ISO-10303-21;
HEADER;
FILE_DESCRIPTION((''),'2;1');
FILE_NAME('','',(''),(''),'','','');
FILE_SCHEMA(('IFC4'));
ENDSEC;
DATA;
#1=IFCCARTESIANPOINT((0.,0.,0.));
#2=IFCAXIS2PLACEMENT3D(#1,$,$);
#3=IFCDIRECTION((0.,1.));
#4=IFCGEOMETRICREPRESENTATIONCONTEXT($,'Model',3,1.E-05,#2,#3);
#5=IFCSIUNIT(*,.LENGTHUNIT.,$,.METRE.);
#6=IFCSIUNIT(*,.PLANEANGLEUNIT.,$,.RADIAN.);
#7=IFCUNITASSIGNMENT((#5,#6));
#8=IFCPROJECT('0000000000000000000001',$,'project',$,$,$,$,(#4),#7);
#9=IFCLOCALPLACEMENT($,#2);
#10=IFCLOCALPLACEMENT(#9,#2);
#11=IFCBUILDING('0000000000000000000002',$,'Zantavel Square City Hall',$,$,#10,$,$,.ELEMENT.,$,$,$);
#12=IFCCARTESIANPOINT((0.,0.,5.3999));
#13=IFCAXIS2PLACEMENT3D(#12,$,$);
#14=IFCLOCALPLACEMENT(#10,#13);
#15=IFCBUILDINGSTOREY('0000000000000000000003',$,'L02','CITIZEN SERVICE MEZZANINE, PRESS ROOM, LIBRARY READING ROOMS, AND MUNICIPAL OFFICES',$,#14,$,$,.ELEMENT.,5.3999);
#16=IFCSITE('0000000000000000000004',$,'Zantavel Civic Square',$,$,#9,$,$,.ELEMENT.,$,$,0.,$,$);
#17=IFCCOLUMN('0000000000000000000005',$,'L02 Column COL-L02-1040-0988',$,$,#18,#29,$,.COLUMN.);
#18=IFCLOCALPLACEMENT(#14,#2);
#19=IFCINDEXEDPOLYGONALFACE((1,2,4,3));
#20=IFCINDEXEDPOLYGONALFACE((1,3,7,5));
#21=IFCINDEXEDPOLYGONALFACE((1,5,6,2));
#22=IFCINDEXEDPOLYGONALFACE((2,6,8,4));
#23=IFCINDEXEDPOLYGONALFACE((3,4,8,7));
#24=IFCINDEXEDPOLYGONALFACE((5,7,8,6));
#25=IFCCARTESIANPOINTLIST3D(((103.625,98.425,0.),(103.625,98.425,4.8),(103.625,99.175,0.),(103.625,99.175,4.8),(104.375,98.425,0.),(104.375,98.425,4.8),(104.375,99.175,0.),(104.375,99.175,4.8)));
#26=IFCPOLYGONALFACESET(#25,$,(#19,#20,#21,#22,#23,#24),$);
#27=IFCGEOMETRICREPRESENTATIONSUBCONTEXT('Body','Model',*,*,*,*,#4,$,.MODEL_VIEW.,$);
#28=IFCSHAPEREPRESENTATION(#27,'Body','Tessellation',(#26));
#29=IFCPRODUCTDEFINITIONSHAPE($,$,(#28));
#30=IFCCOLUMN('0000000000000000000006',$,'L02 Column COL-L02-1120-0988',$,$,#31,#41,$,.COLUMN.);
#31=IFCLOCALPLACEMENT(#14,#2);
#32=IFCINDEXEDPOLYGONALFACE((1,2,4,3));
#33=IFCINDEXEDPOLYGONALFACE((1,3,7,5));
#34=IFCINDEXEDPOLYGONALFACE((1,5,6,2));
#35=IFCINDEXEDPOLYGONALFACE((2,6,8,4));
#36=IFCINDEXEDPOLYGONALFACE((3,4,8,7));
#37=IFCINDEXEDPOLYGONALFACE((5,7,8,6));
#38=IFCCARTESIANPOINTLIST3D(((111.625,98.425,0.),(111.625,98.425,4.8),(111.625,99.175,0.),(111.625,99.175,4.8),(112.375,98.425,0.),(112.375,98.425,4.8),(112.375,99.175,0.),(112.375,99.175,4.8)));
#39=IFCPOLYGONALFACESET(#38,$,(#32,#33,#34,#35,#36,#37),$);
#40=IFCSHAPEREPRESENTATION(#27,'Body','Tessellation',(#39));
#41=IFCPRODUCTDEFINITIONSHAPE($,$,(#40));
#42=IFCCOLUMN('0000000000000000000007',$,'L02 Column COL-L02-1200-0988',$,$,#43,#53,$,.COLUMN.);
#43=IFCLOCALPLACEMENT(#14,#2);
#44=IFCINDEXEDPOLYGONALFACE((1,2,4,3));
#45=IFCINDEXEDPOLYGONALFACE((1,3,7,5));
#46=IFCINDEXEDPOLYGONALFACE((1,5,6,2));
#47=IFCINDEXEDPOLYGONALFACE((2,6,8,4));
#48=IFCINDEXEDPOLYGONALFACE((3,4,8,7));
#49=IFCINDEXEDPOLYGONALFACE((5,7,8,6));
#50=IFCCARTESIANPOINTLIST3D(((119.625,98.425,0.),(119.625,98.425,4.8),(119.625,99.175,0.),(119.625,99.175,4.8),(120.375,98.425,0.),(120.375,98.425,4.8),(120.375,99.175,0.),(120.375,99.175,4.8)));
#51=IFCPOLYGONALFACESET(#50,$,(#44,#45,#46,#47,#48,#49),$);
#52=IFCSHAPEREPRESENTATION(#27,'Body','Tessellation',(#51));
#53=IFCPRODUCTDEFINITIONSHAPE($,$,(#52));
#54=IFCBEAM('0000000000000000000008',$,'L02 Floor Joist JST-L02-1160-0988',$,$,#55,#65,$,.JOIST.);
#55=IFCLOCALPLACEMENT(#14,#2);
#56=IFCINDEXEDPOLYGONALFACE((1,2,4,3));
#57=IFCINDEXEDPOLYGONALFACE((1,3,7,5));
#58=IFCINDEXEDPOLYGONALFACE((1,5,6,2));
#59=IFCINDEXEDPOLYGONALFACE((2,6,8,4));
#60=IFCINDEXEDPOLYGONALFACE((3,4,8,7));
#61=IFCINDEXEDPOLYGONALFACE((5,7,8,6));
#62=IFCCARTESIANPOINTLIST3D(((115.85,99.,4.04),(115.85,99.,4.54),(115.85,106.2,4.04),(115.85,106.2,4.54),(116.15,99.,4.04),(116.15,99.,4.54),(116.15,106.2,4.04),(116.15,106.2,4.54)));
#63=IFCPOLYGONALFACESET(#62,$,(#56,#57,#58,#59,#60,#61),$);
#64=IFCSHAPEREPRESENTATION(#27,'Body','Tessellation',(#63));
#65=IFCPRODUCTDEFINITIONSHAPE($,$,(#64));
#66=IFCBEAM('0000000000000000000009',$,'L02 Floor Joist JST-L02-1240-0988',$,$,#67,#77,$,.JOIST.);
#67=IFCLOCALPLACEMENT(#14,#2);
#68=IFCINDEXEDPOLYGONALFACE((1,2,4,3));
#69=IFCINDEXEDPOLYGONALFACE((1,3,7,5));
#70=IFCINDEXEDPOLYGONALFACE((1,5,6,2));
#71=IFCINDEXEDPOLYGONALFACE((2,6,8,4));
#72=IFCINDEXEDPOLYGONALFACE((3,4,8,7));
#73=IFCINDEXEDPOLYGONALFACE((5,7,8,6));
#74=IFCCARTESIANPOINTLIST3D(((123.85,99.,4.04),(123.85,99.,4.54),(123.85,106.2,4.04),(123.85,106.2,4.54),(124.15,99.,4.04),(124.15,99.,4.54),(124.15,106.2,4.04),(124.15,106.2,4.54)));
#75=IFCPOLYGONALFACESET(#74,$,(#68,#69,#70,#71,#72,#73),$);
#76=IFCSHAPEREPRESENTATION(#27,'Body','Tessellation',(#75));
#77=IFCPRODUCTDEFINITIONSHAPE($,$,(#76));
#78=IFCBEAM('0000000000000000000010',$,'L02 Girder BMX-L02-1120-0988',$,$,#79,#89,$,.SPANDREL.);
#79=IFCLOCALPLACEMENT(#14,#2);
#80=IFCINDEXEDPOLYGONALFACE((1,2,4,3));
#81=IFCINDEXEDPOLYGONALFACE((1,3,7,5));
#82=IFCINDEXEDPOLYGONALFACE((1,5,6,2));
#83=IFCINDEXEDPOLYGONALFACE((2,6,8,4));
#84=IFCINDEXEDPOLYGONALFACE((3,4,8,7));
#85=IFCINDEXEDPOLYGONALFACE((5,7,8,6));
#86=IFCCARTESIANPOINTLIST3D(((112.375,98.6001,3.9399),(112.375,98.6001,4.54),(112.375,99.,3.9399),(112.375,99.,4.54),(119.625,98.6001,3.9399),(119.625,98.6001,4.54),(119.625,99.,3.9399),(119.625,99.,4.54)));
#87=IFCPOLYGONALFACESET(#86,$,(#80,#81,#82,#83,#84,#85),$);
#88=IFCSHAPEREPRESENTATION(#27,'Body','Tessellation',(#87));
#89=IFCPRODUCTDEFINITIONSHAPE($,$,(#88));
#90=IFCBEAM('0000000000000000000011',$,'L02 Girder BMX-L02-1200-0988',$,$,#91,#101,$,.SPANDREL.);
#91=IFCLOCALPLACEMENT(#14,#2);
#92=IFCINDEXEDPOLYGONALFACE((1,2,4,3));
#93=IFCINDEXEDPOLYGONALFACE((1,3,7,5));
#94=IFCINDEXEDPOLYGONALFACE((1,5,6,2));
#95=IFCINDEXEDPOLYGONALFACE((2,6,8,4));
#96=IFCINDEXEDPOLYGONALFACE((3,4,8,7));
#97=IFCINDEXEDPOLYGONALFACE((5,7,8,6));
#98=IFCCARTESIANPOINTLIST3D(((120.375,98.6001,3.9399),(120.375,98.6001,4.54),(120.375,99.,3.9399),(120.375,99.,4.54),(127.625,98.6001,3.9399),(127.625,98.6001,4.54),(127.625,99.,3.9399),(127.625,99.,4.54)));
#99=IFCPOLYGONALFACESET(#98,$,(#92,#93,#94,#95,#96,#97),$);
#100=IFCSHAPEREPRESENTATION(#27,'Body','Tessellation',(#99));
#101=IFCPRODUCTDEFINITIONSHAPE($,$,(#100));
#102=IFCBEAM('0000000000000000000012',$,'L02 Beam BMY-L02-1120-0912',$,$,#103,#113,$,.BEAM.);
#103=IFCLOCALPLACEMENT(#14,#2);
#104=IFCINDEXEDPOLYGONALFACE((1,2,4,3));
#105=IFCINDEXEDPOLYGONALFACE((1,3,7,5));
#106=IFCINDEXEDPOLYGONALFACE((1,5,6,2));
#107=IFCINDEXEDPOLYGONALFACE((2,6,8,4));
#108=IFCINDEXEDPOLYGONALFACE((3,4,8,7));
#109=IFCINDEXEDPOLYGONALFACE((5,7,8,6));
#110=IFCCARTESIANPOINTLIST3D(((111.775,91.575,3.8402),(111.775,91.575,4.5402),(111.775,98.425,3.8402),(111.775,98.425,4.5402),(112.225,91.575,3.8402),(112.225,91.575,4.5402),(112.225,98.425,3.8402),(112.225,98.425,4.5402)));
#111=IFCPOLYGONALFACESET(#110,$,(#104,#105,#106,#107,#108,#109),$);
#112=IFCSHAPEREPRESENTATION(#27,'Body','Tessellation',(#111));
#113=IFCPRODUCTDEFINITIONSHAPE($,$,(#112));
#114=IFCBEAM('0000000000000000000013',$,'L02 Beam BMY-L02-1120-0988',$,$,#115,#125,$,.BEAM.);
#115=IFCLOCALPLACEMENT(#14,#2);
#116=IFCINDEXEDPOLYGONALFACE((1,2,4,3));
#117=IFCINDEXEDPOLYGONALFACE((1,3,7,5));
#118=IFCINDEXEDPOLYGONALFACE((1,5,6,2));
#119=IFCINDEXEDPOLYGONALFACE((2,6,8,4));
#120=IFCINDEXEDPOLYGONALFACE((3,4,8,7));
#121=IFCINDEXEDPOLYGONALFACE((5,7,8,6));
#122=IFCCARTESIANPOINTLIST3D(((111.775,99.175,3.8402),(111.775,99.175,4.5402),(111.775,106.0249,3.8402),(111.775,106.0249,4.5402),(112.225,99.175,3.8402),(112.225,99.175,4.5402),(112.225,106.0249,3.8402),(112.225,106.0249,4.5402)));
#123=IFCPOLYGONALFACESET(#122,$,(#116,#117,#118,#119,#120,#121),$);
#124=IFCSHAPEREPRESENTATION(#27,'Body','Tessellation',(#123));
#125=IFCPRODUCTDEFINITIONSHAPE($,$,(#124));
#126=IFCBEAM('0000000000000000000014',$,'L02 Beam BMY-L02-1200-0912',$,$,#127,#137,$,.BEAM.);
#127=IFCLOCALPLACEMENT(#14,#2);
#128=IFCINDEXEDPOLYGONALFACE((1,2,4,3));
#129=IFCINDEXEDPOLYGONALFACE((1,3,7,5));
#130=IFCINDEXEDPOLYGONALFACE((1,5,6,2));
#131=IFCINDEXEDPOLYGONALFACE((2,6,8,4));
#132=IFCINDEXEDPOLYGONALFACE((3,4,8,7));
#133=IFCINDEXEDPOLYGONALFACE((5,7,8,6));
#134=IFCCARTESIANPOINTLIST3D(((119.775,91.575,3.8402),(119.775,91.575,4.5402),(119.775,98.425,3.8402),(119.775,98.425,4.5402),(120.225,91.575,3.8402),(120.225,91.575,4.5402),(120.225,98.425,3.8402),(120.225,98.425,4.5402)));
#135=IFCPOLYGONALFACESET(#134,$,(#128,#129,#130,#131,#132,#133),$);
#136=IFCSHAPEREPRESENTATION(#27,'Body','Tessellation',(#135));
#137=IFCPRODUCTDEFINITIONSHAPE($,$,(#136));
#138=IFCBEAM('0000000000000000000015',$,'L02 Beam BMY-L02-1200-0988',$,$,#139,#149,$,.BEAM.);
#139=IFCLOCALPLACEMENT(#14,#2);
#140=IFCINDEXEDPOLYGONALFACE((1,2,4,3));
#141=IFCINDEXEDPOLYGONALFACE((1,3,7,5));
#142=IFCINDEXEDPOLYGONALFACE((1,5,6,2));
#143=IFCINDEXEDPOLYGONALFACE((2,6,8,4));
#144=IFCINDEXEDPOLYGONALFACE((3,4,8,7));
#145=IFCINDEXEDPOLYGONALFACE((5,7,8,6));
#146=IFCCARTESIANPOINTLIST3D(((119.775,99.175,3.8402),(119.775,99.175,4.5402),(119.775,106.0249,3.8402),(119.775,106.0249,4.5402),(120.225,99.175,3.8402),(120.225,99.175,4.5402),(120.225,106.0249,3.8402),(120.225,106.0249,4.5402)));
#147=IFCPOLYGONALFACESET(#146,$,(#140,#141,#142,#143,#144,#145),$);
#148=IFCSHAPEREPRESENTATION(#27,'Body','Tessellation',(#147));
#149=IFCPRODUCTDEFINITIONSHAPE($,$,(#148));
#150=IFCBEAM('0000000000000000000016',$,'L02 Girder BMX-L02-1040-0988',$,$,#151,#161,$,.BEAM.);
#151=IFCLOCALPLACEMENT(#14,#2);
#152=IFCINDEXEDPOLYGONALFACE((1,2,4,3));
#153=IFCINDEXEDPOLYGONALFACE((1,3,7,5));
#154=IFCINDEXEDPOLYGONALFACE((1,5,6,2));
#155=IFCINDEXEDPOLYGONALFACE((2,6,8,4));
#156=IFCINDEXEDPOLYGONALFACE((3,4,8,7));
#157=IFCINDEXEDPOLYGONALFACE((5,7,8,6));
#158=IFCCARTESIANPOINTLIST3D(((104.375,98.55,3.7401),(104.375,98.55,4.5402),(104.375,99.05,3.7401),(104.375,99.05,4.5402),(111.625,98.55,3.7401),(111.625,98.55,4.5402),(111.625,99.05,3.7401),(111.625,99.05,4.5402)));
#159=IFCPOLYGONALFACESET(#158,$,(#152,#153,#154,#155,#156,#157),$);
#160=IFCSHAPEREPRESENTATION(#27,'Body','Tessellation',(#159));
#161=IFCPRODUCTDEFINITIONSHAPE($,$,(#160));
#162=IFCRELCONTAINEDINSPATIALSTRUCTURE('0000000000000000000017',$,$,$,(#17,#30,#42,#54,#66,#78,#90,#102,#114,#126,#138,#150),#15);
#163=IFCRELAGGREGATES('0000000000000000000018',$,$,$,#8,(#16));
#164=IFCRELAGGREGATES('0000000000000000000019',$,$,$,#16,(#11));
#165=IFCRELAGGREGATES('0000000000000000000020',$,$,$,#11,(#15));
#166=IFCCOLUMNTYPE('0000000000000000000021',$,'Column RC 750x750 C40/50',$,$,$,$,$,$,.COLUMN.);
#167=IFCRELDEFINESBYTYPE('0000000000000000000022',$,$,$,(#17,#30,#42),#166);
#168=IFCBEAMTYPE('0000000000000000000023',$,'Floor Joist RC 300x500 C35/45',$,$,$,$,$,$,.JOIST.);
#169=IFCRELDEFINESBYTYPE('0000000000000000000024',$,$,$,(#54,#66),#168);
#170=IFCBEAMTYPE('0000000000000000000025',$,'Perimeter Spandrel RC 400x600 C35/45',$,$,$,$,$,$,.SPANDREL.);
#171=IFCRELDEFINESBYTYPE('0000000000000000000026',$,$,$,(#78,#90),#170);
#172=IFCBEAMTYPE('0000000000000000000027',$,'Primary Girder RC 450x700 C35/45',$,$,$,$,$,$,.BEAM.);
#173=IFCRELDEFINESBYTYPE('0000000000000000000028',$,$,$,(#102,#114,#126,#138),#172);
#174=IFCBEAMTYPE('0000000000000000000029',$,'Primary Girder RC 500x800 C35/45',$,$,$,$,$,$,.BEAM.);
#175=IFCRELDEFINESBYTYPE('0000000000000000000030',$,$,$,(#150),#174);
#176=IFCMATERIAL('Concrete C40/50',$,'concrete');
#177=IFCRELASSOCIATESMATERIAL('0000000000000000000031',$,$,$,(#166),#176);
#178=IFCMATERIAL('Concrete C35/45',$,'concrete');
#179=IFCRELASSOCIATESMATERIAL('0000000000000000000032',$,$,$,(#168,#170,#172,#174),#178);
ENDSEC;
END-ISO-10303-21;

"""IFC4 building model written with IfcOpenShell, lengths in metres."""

from ifc_helpers import new_model, si_unit, direction, frame, origin, origin_2d, place, context, subcontext, project, spatial, rectangle, extrude, material, material_profile, profile_set, type_object, element, save


model = new_model("IFC4")

# Units and contexts
model_context = context("Model", 3, precision=1e-05, world=origin(), true_north=direction((0.0, 1.0)))
body_context = subcontext(model_context, "Body", "Model", "MODEL_VIEW")
ifc_project = project(units=[si_unit("LENGTHUNIT", "METRE"), si_unit("PLANEANGLEUNIT", "RADIAN")], contexts=[model_context])

# Site, building, storey
site_placement = place(None, origin())
site = spatial("IfcSite", under=ifc_project, at=site_placement, Name="Zantavel Civic Square", CompositionType="ELEMENT", RefElevation=0.0)
building_placement = place(site_placement, origin())
building = spatial("IfcBuilding", under=site, at=building_placement, Name="Zantavel Square City Hall", CompositionType="ELEMENT")
storey_placement = place(building_placement, frame((0.0, 0.0, 5.3999)))
storey = spatial("IfcBuildingStorey", under=building, at=storey_placement, Name="L02", Description="CITIZEN SERVICE MEZZANINE, PRESS ROOM, LIBRARY READING ROOMS, AND MUNICIPAL OFFICES", CompositionType="ELEMENT", Elevation=5.3999)

# Columns
ifc_material_1 = material(Name="Concrete C40/50", Category="concrete")
ifc_material_profile_1 = material_profile(ifc_material_1, rectangle(XDim=0.75, YDim=0.75, at=origin_2d()), Name="RC 750x750")
ifc_profile_set_1 = profile_set([ifc_material_profile_1], Name="Concrete C40/50")
column_type = type_object("IfcColumnType", Name="Column RC 750x750 C40/50", PredefinedType="COLUMN", material=ifc_profile_set_1)
for number, where, z_axis, x_axis, name in (
    (1, (104.0, 98.8, 0.0), (0.0, 0.0, 1.0), (1.0, 0.0, 0.0), "L02 Column COL-L02-1040-0988"),
    (2, (112.0, 98.8, 0.0), (0.0, 0.0, 1.0), (1.0, 0.0, 0.0), "L02 Column COL-L02-1120-0988"),
    (3, (120.0, 98.8, 0.0), (0.0, 0.0, 1.0), (1.0, 0.0, 0.0), "L02 Column COL-L02-1200-0988"),
):
    element("IfcColumn", number, at=place(storey_placement, frame(where, z_axis=z_axis, x_axis=x_axis)), inside=storey, type_object=column_type, Name=name, PredefinedType="COLUMN", context=body_context, shape_type="SweptSolid", body=[
        extrude(rectangle(XDim=0.75, YDim=0.75, at=origin_2d()), origin(), (0.0, 0.0, 1.0), 4.8),
    ])

# Beams
ifc_material_2 = material(Name="Concrete C35/45", Category="concrete")
ifc_material_profile_2 = material_profile(ifc_material_2, rectangle(XDim=0.3, YDim=0.5, at=origin_2d()), Name="RC 300x500")
ifc_profile_set_2 = profile_set([ifc_material_profile_2], Name="Concrete C35/45")
beam_type_1 = type_object("IfcBeamType", Name="Floor Joist RC 300x500 C35/45", PredefinedType="JOIST", material=ifc_profile_set_2)
for number, where, z_axis, x_axis, name in (
    (4, (116.0, 99.0, 4.29), (0.0, 1.0, 0.0), (-1.0, 0.0, 0.0), "L02 Floor Joist JST-L02-1160-0988"),
    (5, (124.0, 99.0, 4.29), (0.0, 1.0, 0.0), (-1.0, 0.0, 0.0), "L02 Floor Joist JST-L02-1240-0988"),
):
    element("IfcBeam", number, at=place(storey_placement, frame(where, z_axis=z_axis, x_axis=x_axis)), inside=storey, type_object=beam_type_1, Name=name, PredefinedType="JOIST", context=body_context, shape_type="SweptSolid", body=[
        extrude(rectangle(XDim=0.3, YDim=0.5, at=origin_2d()), origin(), (0.0, 0.0, 1.0), 7.2),
    ])
ifc_material_profile_3 = material_profile(ifc_material_2, rectangle(XDim=0.3999, YDim=0.6001, at=origin_2d()), Name="RC 400x600")
ifc_profile_set_3 = profile_set([ifc_material_profile_3], Name="Concrete C35/45")
beam_type_2 = type_object("IfcBeamType", Name="Perimeter Spandrel RC 400x600 C35/45", PredefinedType="SPANDREL", material=ifc_profile_set_3)
for number, where, z_axis, x_axis, name in (
    (6, (112.375, 98.8, 4.24), (1.0, 0.0, 0.0), (0.0, 1.0, 0.0), "L02 Girder BMX-L02-1120-0988"),
    (7, (120.375, 98.8, 4.24), (1.0, 0.0, 0.0), (0.0, 1.0, 0.0), "L02 Girder BMX-L02-1200-0988"),
):
    element("IfcBeam", number, at=place(storey_placement, frame(where, z_axis=z_axis, x_axis=x_axis)), inside=storey, type_object=beam_type_2, Name=name, PredefinedType="SPANDREL", context=body_context, shape_type="SweptSolid", body=[
        extrude(rectangle(XDim=0.3999, YDim=0.6001, at=origin_2d()), origin(), (0.0, 0.0, 1.0), 7.25),
    ])
ifc_material_profile_4 = material_profile(ifc_material_2, rectangle(XDim=0.45, YDim=0.7, at=origin_2d()), Name="RC 450x700")
ifc_profile_set_4 = profile_set([ifc_material_profile_4], Name="Concrete C35/45")
beam_type_3 = type_object("IfcBeamType", Name="Primary Girder RC 450x700 C35/45", PredefinedType="BEAM", material=ifc_profile_set_4)
beam_1_placement = place(storey_placement, frame((112.0, 91.575, 4.1902), z_axis=(0.0, 1.0, 0.0), x_axis=(-1.0, 0.0, 0.0)))
element("IfcBeam", 8, at=beam_1_placement, inside=storey, type_object=beam_type_3, Name="L02 Beam BMY-L02-1120-0912", PredefinedType="BEAM", context=body_context, shape_type="SweptSolid", body=[
    extrude(rectangle(XDim=0.45, YDim=0.7, at=origin_2d()), origin(), (0.0, 0.0, 1.0), 6.8501),
])
beam_2_placement = place(storey_placement, frame((112.0, 99.175, 4.1902), z_axis=(0.0, 1.0, 0.0), x_axis=(-1.0, 0.0, 0.0)))
element("IfcBeam", 9, at=beam_2_placement, inside=storey, type_object=beam_type_3, Name="L02 Beam BMY-L02-1120-0988", PredefinedType="BEAM", context=body_context, shape_type="SweptSolid", body=[
    extrude(rectangle(XDim=0.45, YDim=0.7, at=origin_2d()), origin(), (0.0, 0.0, 1.0), 6.8499),
])
beam_3_placement = place(storey_placement, frame((120.0, 91.575, 4.1902), z_axis=(0.0, 1.0, 0.0), x_axis=(-1.0, 0.0, 0.0)))
element("IfcBeam", 10, at=beam_3_placement, inside=storey, type_object=beam_type_3, Name="L02 Beam BMY-L02-1200-0912", PredefinedType="BEAM", context=body_context, shape_type="SweptSolid", body=[
    extrude(rectangle(XDim=0.45, YDim=0.7, at=origin_2d()), origin(), (0.0, 0.0, 1.0), 6.8501),
])
beam_4_placement = place(storey_placement, frame((120.0, 99.175, 4.1902), z_axis=(0.0, 1.0, 0.0), x_axis=(-1.0, 0.0, 0.0)))
element("IfcBeam", 11, at=beam_4_placement, inside=storey, type_object=beam_type_3, Name="L02 Beam BMY-L02-1200-0988", PredefinedType="BEAM", context=body_context, shape_type="SweptSolid", body=[
    extrude(rectangle(XDim=0.45, YDim=0.7, at=origin_2d()), origin(), (0.0, 0.0, 1.0), 6.8499),
])
ifc_material_profile_5 = material_profile(ifc_material_2, rectangle(XDim=0.5, YDim=0.8, at=origin_2d()), Name="RC 500x800")
ifc_profile_set_5 = profile_set([ifc_material_profile_5], Name="Concrete C35/45")
beam_type_4 = type_object("IfcBeamType", Name="Primary Girder RC 500x800 C35/45", PredefinedType="BEAM", material=ifc_profile_set_5)
beam_5_placement = place(storey_placement, frame((104.375, 98.8, 4.1401), z_axis=(1.0, 0.0, 0.0), x_axis=(0.0, 1.0, 0.0)))
element("IfcBeam", 12, at=beam_5_placement, inside=storey, type_object=beam_type_4, Name="L02 Girder BMX-L02-1040-0988", PredefinedType="BEAM", context=body_context, shape_type="SweptSolid", body=[
    extrude(rectangle(XDim=0.5, YDim=0.8, at=origin_2d()), origin(), (0.0, 0.0, 1.0), 7.25),
])

save(model, "model.ifc")
